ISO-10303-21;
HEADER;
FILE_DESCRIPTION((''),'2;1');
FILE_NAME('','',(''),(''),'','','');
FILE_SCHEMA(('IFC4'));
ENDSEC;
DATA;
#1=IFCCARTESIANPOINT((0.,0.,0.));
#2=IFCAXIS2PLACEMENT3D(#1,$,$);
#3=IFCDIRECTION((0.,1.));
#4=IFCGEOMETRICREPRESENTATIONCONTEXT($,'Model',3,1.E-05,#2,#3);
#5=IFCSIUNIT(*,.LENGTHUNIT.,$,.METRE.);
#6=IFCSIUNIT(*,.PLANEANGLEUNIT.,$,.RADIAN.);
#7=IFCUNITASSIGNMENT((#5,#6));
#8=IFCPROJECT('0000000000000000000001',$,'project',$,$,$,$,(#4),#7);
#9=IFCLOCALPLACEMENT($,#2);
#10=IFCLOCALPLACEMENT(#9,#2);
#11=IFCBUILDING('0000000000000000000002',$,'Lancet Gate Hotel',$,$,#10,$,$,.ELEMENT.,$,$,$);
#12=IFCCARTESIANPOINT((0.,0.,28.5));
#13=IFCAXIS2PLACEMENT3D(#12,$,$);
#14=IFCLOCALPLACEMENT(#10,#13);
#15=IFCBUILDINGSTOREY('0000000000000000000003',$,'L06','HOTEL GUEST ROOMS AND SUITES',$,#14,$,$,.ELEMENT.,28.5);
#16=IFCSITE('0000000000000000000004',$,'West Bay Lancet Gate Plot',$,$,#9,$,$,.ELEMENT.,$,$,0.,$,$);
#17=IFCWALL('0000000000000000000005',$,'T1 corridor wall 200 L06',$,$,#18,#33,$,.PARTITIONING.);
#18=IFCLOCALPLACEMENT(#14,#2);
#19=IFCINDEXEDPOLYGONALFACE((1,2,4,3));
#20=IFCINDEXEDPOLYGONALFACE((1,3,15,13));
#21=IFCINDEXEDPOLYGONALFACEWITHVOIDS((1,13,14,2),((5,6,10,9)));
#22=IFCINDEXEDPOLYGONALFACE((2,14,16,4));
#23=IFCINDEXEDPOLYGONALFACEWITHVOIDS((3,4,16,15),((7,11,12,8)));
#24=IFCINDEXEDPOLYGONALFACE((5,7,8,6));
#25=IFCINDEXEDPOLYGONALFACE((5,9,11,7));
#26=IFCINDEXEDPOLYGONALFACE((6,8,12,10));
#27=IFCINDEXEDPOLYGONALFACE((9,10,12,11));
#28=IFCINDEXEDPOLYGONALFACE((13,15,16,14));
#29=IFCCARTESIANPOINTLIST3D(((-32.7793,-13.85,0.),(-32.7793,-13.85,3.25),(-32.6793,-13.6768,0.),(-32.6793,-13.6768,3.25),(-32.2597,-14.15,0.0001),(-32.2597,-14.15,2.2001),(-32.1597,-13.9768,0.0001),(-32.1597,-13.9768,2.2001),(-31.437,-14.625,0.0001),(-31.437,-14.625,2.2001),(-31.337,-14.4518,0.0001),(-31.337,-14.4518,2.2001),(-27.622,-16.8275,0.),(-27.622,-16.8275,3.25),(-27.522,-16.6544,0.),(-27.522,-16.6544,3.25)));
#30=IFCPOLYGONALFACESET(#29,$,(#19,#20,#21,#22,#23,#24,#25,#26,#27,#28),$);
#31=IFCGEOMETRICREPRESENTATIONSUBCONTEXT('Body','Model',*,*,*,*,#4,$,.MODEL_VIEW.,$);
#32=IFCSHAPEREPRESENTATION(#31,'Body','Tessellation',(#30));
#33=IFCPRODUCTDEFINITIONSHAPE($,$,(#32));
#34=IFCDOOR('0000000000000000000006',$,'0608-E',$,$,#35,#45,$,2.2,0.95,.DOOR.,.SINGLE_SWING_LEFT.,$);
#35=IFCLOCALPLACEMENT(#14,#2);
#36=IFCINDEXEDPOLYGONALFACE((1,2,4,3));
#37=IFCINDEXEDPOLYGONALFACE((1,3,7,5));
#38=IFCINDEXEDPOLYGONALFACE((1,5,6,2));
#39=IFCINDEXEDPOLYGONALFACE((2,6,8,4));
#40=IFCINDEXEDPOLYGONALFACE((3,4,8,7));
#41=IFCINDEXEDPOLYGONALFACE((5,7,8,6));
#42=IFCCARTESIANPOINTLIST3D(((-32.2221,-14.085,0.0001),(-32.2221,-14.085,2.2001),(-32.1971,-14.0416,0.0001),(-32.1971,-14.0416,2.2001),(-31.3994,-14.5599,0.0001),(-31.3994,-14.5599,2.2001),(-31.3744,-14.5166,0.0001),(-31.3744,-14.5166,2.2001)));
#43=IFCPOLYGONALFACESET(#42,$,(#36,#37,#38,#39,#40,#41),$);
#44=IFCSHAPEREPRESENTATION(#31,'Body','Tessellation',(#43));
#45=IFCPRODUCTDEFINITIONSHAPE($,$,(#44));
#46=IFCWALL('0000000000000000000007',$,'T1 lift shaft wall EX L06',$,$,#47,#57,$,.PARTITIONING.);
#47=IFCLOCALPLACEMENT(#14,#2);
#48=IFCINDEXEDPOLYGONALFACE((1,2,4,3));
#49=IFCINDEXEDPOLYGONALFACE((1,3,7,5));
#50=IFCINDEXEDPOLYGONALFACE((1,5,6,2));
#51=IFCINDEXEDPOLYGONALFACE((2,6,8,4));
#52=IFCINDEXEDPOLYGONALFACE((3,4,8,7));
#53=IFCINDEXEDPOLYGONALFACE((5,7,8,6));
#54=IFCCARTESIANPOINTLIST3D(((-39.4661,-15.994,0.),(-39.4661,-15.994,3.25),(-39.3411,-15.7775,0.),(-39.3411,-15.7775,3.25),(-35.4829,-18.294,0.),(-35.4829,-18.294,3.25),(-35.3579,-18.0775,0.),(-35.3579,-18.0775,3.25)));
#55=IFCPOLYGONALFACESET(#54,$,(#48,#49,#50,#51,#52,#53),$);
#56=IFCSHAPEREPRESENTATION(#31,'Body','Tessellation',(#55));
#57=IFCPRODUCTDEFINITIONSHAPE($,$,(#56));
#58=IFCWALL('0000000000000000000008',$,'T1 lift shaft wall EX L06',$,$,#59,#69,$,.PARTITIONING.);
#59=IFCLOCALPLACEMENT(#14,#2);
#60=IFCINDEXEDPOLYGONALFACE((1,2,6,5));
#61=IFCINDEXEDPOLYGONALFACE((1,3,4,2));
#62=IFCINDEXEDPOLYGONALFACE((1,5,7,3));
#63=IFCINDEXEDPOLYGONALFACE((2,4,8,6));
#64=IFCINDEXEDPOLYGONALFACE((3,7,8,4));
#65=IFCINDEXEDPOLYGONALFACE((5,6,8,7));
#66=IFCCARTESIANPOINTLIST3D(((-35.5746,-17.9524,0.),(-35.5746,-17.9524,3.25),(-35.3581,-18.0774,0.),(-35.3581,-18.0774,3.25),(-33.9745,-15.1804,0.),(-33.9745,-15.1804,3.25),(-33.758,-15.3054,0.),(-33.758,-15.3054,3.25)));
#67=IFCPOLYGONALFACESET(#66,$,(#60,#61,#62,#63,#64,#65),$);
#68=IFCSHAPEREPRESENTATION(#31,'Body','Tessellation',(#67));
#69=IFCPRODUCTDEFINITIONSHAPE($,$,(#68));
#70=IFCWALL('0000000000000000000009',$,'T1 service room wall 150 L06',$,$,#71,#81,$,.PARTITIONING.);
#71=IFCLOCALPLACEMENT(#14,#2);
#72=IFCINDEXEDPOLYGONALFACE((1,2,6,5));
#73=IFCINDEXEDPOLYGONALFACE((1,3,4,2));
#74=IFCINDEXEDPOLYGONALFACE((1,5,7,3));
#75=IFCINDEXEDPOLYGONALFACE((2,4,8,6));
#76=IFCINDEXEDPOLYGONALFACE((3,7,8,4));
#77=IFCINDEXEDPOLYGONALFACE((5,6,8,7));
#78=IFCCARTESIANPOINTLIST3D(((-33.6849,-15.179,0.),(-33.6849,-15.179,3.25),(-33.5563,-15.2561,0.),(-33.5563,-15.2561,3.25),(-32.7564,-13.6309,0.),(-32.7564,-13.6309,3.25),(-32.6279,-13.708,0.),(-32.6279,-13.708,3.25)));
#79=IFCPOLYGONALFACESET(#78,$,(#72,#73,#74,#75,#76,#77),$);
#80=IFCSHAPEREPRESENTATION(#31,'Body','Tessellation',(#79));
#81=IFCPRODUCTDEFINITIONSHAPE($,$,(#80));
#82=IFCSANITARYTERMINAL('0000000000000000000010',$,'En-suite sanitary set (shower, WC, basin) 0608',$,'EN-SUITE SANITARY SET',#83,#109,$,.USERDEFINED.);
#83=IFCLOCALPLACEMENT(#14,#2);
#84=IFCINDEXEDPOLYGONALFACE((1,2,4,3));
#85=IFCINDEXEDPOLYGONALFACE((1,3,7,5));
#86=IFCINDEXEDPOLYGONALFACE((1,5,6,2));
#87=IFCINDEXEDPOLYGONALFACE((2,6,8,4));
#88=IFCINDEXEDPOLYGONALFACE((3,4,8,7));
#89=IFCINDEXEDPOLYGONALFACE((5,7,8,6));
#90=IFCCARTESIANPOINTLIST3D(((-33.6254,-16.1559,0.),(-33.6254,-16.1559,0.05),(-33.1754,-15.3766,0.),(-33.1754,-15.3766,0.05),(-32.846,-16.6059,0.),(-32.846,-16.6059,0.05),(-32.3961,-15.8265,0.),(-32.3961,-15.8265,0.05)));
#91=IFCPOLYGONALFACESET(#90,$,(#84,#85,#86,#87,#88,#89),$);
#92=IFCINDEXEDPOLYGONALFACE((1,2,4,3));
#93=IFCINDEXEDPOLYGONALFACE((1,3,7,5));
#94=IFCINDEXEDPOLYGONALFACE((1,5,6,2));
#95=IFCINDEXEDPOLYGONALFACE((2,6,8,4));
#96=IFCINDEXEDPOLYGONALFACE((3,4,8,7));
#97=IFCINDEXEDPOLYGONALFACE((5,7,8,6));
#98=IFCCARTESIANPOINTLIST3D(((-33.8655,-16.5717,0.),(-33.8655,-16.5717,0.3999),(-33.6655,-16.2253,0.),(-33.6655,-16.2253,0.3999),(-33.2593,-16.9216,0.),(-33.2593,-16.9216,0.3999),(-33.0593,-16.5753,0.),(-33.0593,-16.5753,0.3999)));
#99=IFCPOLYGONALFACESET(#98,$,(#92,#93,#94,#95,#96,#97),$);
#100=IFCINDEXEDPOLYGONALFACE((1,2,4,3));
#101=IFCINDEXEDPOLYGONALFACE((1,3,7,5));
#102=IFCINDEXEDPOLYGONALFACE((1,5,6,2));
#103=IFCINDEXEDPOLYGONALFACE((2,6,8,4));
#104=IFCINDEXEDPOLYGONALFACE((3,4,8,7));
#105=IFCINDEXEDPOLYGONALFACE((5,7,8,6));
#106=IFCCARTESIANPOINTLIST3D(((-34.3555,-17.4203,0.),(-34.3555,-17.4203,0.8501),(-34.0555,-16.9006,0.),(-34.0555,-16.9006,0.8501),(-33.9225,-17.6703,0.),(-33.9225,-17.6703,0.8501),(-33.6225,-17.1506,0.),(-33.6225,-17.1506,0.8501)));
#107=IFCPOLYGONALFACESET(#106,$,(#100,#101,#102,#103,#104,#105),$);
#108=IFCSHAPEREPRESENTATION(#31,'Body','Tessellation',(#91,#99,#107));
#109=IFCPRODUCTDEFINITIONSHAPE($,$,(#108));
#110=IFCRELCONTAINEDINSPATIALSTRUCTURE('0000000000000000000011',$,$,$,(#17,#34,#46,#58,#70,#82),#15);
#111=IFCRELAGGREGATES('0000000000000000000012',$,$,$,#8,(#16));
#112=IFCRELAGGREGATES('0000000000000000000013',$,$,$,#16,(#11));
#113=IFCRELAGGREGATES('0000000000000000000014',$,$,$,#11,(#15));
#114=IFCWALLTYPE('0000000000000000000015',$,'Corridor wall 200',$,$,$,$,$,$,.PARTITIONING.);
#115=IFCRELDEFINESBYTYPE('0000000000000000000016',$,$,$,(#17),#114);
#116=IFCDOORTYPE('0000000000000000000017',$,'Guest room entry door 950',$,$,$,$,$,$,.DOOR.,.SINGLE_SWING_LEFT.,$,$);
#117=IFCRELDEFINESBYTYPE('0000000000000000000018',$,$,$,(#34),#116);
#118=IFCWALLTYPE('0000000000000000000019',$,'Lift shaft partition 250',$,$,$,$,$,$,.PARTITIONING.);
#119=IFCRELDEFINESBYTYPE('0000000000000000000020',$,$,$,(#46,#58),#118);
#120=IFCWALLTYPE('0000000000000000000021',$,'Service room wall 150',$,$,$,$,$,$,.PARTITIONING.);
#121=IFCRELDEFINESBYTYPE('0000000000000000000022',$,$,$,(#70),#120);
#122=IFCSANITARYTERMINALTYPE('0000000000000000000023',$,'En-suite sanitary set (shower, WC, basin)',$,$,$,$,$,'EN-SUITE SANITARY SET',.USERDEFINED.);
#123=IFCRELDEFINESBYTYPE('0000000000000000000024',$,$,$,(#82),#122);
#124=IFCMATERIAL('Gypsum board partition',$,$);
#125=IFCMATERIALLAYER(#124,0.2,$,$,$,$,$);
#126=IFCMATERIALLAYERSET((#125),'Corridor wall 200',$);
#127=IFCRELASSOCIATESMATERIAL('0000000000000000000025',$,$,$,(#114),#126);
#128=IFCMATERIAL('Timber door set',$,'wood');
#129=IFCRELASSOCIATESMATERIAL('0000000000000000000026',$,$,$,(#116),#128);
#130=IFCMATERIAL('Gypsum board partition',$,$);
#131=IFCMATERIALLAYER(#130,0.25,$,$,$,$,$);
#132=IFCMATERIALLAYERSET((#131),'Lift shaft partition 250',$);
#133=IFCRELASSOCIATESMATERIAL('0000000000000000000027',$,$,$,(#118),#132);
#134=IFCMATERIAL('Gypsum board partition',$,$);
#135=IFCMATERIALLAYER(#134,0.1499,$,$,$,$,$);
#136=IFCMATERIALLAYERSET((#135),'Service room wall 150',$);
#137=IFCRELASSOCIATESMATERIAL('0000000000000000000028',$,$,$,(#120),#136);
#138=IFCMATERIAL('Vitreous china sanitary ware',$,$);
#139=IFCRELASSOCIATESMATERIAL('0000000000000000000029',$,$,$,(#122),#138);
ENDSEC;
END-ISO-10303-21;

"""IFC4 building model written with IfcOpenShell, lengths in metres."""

from ifc_helpers import new_model, si_unit, direction, frame, frame_2d, origin, origin_2d, place, context, subcontext, project, spatial, rectangle, extrude, material, layer, layer_set, type_object, element, fill, save


model = new_model("IFC4")

# Units and contexts
model_context = context("Model", 3, precision=1e-05, world=origin(), true_north=direction((0.0, 1.0)))
body_context = subcontext(model_context, "Body", "Model", "MODEL_VIEW")
ifc_project = project(units=[si_unit("LENGTHUNIT", "METRE"), si_unit("PLANEANGLEUNIT", "RADIAN")], contexts=[model_context])

# Site, building, storey
site_placement = place(None, origin())
site = spatial("IfcSite", under=ifc_project, at=site_placement, Name="West Bay Lancet Gate Plot", CompositionType="ELEMENT", RefElevation=0.0)
building_placement = place(site_placement, origin())
building = spatial("IfcBuilding", under=site, at=building_placement, Name="Lancet Gate Hotel", CompositionType="ELEMENT")
storey_placement = place(building_placement, frame((0.0, 0.0, 28.5)))
storey = spatial("IfcBuildingStorey", under=building, at=storey_placement, Name="L06", Description="HOTEL GUEST ROOMS AND SUITES", CompositionType="ELEMENT", Elevation=28.5)

# Wall, opening, door
ifc_material_1 = material(Name="Gypsum board partition")
ifc_layer_1 = layer(ifc_material_1, 0.2)
ifc_layer_set_1 = layer_set([ifc_layer_1], Name="Corridor wall 200")
wall_type_1 = type_object("IfcWallType", Name="Corridor wall 200", PredefinedType="PARTITIONING", material=ifc_layer_set_1)
wall_1_placement = place(storey_placement, frame((-27.572, -16.741, 0.0), z_axis=(0.0, 0.0, 1.0), x_axis=(-0.866024, 0.500002, 0.0)))
wall_1 = element("IfcWall", 1, at=wall_1_placement, inside=storey, type_object=wall_type_1, Name="T1 corridor wall 200 L06", PredefinedType="PARTITIONING", context=body_context, shape_type="SweptSolid", body=[
    extrude(rectangle(XDim=5.9551, YDim=0.2, at=frame_2d((2.9775, 0.0))), origin(), (0.0, 0.0, 1.0), 3.25),
])
opening_1_placement = place(wall_1_placement, frame((4.405, 0.0, 0.0)))
opening_1 = element("IfcOpeningElement", 2, at=opening_1_placement, cuts=wall_1, PredefinedType="OPENING", context=body_context, shape_type="SweptSolid", body=[
    extrude(rectangle(XDim=0.95, YDim=2.2, at=frame_2d((0.4751, 1.1001))), frame((0.0, 0.1099, 0.0), z_axis=(0.0, -1.0, 0.0), x_axis=(1.0, 0.0, 0.0)), (0.0, 0.0, 1.0), 0.22),
])
ifc_material_2 = material(Name="Timber door set", Category="wood")
door_type_1 = type_object("IfcDoorType", Name="Guest room entry door 950", OperationType="SINGLE_SWING_LEFT", PredefinedType="DOOR", material=ifc_material_2)
door_1_placement = place(opening_1_placement, origin())
door_1 = element("IfcDoor", 3, at=door_1_placement, inside=storey, type_object=door_type_1, Name="0608-E", OperationType="SINGLE_SWING_LEFT", OverallHeight=2.2, OverallWidth=0.95, PredefinedType="DOOR", context=body_context, shape_type="SweptSolid", body=[
    extrude(rectangle(XDim=0.95, YDim=2.2, at=frame_2d((0.4751, 1.1001))), frame((0.0, 0.0249, 0.0), z_axis=(0.0, -1.0, 0.0), x_axis=(1.0, 0.0, 0.0)), (0.0, 0.0, 1.0), 0.05),
])
fill(opening_1, door_1)

# Walls
ifc_material_3 = material(Name="Gypsum board partition")
ifc_layer_2 = layer(ifc_material_3, 0.25)
ifc_layer_set_2 = layer_set([ifc_layer_2], Name="Lift shaft partition 250")
wall_type_2 = type_object("IfcWallType", Name="Lift shaft partition 250", PredefinedType="PARTITIONING", material=ifc_layer_set_2)
wall_2_placement = place(storey_placement, frame((-35.4204, -18.1858, 0.0), z_axis=(0.0, 0.0, 1.0), x_axis=(-0.86599, 0.500061, 0.0)))
element("IfcWall", 4, at=wall_2_placement, inside=storey, type_object=wall_type_2, Name="T1 lift shaft wall EX L06", PredefinedType="PARTITIONING", context=body_context, shape_type="SweptSolid", body=[
    extrude(rectangle(XDim=4.5996, YDim=0.25, at=frame_2d((2.2998, 0.0))), origin(), (0.0, 0.0, 1.0), 3.25),
])
wall_3_placement = place(storey_placement, frame((-33.8662, -15.2429, 0.0), z_axis=(0.0, 0.0, 1.0), x_axis=(-0.499929, -0.866066, 0.0)))
element("IfcWall", 5, at=wall_3_placement, inside=storey, type_object=wall_type_2, Name="T1 lift shaft wall EX L06", PredefinedType="PARTITIONING", context=body_context, shape_type="SweptSolid", body=[
    extrude(rectangle(XDim=3.2007, YDim=0.25, at=frame_2d((1.6003, 0.0))), origin(), (0.0, 0.0, 1.0), 3.25),
])
ifc_material_4 = material(Name="Gypsum board partition")
ifc_layer_3 = layer(ifc_material_4, 0.1499)
ifc_layer_set_3 = layer_set([ifc_layer_3], Name="Service room wall 150")
wall_type_3 = type_object("IfcWallType", Name="Service room wall 150", PredefinedType="PARTITIONING", material=ifc_layer_set_3)
wall_4_placement = place(storey_placement, frame((-33.6206, -15.2175, 0.0), z_axis=(0.0, 0.0, 1.0), x_axis=(0.514337, 0.857588, 0.0)))
element("IfcWall", 6, at=wall_4_placement, inside=storey, type_object=wall_type_3, Name="T1 service room wall 150 L06", PredefinedType="PARTITIONING", context=body_context, shape_type="SweptSolid", body=[
    extrude(rectangle(XDim=1.8052, YDim=0.1499, at=frame_2d((0.9026, 0.0))), origin(), (0.0, 0.0, 1.0), 3.25),
])

# Sanitary terminal
ifc_material_5 = material(Name="Vitreous china sanitary ware")
sanitary_terminal_type = type_object("IfcSanitaryTerminalType", Name="En-suite sanitary set (shower, WC, basin)", ElementType="EN-SUITE SANITARY SET", PredefinedType="USERDEFINED", material=ifc_material_5)
sanitary_terminal_placement = place(storey_placement, frame((-33.0107, -15.9912, 0.0), z_axis=(0.0, 0.0, 1.0), x_axis=(1.0, 0.0, 0.0)))
element("IfcSanitaryTerminal", 7, at=sanitary_terminal_placement, inside=storey, type_object=sanitary_terminal_type, Name="En-suite sanitary set (shower, WC, basin) 0608", ObjectType="EN-SUITE SANITARY SET", PredefinedType="USERDEFINED", context=body_context, shape_type="SweptSolid", body=[
    extrude(rectangle(XDim=0.8999, YDim=0.8999, at=origin_2d()), frame((0.0, 0.0, 0.0), z_axis=(0.0, 0.0, 1.0), x_axis=(0.5, 0.866025, 0.0)), (0.0, 0.0, 1.0), 0.05),
    extrude(rectangle(XDim=0.3999, YDim=0.7, at=origin_2d()), frame((-0.4517, -0.5823, 0.0), z_axis=(0.0, 0.0, 1.0), x_axis=(0.5, 0.866025, 0.0)), (0.0, 0.0, 1.0), 0.3999),
    extrude(rectangle(XDim=0.6001, YDim=0.5, at=origin_2d()), frame((-0.9783, -1.2942, 0.0), z_axis=(0.0, 0.0, 1.0), x_axis=(0.5, 0.866025, 0.0)), (0.0, 0.0, 1.0), 0.8501),
])

save(model, "model.ifc")
